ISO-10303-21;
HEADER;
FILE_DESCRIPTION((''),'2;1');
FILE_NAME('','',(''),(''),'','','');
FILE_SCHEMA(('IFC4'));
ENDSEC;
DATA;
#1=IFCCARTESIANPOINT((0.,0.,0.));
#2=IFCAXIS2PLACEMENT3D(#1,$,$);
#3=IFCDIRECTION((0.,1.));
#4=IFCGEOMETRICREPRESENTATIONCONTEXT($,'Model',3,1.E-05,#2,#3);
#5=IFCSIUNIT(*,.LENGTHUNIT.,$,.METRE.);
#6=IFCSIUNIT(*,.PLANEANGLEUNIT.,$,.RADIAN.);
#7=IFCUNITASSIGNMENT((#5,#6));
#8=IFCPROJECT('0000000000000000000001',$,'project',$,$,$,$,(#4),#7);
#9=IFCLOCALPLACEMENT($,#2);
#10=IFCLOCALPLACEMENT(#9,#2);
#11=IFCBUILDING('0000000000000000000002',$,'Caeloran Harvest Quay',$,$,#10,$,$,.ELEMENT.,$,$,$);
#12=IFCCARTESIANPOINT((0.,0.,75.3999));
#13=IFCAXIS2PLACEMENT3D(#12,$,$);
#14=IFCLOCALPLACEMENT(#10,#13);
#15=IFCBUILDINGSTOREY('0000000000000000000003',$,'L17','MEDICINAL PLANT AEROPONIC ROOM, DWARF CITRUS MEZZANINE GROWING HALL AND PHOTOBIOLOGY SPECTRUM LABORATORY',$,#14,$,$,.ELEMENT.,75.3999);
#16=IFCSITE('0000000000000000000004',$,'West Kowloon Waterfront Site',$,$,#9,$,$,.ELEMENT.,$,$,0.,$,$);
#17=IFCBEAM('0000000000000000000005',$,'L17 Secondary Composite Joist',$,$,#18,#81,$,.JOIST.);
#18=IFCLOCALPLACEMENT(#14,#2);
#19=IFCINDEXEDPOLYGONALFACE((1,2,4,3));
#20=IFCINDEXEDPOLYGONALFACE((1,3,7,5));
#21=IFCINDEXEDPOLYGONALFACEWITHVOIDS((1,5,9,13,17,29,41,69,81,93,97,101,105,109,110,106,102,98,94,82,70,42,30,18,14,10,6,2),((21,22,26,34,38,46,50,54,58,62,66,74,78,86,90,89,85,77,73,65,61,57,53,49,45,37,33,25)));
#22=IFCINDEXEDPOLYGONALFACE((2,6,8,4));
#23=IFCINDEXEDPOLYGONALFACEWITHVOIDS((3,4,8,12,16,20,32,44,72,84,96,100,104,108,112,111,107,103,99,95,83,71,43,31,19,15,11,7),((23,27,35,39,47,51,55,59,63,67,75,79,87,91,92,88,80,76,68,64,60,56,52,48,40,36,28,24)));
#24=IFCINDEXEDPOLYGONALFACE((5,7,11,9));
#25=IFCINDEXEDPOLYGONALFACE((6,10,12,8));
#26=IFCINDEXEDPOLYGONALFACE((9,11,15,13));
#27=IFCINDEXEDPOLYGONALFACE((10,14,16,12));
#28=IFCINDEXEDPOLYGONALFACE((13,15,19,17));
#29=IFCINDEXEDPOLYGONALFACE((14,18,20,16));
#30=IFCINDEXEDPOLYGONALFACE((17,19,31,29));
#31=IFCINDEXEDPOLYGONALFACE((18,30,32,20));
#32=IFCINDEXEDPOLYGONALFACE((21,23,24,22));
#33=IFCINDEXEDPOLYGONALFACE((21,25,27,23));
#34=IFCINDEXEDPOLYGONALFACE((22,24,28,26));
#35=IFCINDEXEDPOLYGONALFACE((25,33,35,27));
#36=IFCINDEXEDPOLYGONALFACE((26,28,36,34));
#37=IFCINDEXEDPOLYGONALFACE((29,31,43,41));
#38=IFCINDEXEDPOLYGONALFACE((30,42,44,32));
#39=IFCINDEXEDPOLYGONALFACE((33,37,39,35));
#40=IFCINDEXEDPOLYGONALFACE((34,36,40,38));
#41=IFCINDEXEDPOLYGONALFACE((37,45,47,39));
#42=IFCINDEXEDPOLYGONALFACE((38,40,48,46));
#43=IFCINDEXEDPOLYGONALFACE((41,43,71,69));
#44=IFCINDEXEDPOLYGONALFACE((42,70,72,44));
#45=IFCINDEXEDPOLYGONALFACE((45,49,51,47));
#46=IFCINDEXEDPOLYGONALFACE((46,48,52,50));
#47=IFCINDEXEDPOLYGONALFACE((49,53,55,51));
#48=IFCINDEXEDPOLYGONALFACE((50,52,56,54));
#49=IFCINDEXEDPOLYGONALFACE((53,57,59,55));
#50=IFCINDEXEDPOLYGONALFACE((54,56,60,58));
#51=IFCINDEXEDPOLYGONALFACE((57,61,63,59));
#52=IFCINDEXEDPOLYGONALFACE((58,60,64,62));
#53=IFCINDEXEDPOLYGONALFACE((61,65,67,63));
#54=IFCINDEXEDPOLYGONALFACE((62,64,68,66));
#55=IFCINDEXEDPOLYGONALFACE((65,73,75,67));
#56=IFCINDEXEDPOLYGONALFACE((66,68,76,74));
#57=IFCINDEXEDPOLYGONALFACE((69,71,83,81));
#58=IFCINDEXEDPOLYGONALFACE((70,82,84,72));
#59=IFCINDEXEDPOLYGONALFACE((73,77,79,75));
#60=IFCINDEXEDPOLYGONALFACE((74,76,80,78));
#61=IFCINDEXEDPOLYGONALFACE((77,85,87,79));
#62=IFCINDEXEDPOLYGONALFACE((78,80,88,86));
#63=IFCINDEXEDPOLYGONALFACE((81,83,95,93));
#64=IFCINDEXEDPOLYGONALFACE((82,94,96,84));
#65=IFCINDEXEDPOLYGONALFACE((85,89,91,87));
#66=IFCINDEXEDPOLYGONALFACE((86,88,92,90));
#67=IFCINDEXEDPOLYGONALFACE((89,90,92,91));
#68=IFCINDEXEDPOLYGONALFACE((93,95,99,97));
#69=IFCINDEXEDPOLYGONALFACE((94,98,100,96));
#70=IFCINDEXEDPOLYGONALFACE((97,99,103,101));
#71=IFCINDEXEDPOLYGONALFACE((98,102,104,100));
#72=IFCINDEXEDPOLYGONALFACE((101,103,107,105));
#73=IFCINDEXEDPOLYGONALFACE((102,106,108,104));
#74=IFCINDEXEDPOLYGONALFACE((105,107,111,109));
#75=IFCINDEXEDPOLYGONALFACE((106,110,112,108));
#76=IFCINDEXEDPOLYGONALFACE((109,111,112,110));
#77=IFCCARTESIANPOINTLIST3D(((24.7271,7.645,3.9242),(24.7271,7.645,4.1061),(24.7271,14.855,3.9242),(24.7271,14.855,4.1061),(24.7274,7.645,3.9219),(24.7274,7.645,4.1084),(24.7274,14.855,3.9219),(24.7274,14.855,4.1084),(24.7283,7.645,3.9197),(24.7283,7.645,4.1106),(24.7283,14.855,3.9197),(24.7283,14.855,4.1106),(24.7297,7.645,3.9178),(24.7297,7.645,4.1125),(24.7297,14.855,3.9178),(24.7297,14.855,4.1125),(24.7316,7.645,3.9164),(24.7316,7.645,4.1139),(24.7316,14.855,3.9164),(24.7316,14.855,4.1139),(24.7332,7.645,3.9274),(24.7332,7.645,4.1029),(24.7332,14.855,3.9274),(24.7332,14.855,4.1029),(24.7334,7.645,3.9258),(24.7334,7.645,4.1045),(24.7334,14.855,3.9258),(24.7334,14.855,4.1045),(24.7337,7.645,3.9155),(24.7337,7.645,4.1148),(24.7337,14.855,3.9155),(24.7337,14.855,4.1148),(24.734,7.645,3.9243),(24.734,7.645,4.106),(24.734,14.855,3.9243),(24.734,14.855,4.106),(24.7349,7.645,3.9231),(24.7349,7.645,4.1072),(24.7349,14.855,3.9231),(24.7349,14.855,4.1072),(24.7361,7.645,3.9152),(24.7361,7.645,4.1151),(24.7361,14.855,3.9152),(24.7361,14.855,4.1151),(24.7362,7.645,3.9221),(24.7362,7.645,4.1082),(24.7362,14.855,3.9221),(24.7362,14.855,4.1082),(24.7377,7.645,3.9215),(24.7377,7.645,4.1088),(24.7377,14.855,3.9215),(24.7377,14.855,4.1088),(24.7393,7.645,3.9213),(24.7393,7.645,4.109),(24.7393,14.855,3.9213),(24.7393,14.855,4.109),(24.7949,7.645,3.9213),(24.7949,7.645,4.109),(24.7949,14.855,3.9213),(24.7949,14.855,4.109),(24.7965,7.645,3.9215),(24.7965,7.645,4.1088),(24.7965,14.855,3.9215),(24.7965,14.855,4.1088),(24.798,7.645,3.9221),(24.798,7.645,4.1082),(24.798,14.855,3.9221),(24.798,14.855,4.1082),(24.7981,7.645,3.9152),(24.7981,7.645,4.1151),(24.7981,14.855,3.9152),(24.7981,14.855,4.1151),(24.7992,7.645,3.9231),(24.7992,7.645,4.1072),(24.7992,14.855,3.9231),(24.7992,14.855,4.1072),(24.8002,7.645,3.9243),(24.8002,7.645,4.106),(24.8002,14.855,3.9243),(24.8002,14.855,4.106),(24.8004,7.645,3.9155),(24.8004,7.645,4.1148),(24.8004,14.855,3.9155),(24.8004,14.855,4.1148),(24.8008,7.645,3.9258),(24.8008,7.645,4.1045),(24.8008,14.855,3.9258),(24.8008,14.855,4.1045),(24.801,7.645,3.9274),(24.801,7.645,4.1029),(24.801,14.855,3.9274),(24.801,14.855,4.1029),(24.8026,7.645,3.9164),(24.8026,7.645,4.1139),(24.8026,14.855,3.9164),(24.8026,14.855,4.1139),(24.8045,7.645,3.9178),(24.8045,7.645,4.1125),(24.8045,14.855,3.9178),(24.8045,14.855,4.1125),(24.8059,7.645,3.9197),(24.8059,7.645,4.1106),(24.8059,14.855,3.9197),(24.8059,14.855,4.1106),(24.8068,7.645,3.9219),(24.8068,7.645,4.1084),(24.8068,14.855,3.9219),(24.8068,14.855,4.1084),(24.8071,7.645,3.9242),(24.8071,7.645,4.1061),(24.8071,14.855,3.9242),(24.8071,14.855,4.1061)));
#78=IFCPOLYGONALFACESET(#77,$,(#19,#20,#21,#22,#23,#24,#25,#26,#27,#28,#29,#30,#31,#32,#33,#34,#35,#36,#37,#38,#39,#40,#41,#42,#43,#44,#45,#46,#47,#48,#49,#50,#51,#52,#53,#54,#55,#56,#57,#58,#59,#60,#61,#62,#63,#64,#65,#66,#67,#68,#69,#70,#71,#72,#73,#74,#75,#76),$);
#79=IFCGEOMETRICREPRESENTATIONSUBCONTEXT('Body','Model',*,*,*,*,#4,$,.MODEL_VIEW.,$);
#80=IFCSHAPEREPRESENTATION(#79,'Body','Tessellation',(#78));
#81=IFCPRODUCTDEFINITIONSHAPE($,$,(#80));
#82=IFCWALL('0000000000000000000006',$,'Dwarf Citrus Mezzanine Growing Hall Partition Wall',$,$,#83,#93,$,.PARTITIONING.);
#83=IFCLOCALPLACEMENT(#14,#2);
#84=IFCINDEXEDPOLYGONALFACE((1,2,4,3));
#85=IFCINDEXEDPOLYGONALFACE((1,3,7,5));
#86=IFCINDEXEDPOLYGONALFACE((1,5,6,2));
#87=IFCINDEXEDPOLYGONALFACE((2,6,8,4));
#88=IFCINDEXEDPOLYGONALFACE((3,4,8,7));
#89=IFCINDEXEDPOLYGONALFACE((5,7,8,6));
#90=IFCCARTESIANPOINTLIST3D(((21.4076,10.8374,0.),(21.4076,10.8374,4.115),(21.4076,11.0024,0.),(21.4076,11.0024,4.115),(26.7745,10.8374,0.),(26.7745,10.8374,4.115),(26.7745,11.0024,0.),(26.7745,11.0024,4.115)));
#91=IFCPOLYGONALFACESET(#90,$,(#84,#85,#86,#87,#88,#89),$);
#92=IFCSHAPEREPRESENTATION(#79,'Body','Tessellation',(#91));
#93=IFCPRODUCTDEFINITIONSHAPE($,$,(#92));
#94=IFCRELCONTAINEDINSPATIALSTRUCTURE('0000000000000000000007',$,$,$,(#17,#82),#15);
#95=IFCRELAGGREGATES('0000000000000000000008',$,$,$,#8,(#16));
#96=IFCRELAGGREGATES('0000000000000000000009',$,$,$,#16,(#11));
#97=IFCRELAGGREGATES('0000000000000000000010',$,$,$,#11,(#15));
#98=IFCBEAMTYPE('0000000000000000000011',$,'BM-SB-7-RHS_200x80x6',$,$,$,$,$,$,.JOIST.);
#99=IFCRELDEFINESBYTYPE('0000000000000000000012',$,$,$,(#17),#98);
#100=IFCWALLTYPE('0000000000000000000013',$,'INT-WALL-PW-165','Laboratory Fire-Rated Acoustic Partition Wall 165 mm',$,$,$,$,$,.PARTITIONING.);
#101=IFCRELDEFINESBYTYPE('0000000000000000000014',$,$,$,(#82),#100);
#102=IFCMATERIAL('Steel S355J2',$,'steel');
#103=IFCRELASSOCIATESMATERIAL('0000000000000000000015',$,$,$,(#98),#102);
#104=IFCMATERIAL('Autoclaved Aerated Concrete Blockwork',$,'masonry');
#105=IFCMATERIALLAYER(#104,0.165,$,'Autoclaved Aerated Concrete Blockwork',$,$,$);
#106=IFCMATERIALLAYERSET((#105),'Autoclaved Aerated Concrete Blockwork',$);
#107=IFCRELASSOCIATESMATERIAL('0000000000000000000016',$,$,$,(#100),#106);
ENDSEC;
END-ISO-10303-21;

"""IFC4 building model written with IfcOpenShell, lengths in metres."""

from ifc_helpers import new_model, si_unit, direction, frame, frame_2d, origin, origin_2d, place, context, subcontext, project, spatial, rectangle, hollow_rectangle, extrude, material, layer, layer_set, material_profile, profile_set, type_object, element, save


model = new_model("IFC4")

# Units and contexts
model_context = context("Model", 3, precision=1e-05, world=origin(), true_north=direction((0.0, 1.0)))
body_context = subcontext(model_context, "Body", "Model", "MODEL_VIEW")
ifc_project = project(units=[si_unit("LENGTHUNIT", "METRE"), si_unit("PLANEANGLEUNIT", "RADIAN")], contexts=[model_context])

# Site, building, storey
site_placement = place(None, origin())
site = spatial("IfcSite", under=ifc_project, at=site_placement, Name="West Kowloon Waterfront Site", CompositionType="ELEMENT", RefElevation=0.0)
building_placement = place(site_placement, origin())
building = spatial("IfcBuilding", under=site, at=building_placement, Name="Caeloran Harvest Quay", CompositionType="ELEMENT")
storey_placement = place(building_placement, frame((0.0, 0.0, 75.3999)))
storey = spatial("IfcBuildingStorey", under=building, at=storey_placement, Name="L17", Description="MEDICINAL PLANT AEROPONIC ROOM, DWARF CITRUS MEZZANINE GROWING HALL AND PHOTOBIOLOGY SPECTRUM LABORATORY", CompositionType="ELEMENT", Elevation=75.3999)

# Beam
ifc_material_1 = material(Name="Steel S355J2", Category="steel")
ifc_material_profile_1 = material_profile(ifc_material_1, hollow_rectangle(XDim=0.0801, YDim=0.2, WallThickness=0.0061, InnerFilletRadius=0.0061, OuterFilletRadius=0.009, at=origin_2d()), Name="RHS 200x80x6")
ifc_profile_set_1 = profile_set([ifc_material_profile_1], Name="Steel S355J2")
beam_type_1 = type_object("IfcBeamType", Name="BM-SB-7-RHS_200x80x6", PredefinedType="JOIST", material=ifc_profile_set_1)
for number, where, z_axis, x_axis, name in (
    (1, (24.7671, 7.645, 4.0151), (0.0, 1.0, 0.0), (-1.0, 0.0, 0.0), "L17 Secondary Composite Joist"),
):
    element("IfcBeam", number, at=place(storey_placement, frame(where, z_axis=z_axis, x_axis=x_axis)), inside=storey, type_object=beam_type_1, Name=name, PredefinedType="JOIST", context=body_context, shape_type="SweptSolid", body=[
        extrude(hollow_rectangle(XDim=0.0801, YDim=0.2, WallThickness=0.0061, InnerFilletRadius=0.0061, OuterFilletRadius=0.009, at=origin_2d()), origin(), (0.0, 0.0, 1.0), 7.21),
    ])

# Wall
ifc_material_2 = material(Name="Autoclaved Aerated Concrete Blockwork", Category="masonry")
ifc_layer = layer(ifc_material_2, 0.165, Name="Autoclaved Aerated Concrete Blockwork")
ifc_layer_set = layer_set([ifc_layer], Name="Autoclaved Aerated Concrete Blockwork")
wall_type = type_object("IfcWallType", Name="INT-WALL-PW-165", Description="Laboratory Fire-Rated Acoustic Partition Wall 165 mm", PredefinedType="PARTITIONING", material=ifc_layer_set)
wall_placement = place(storey_placement, frame((21.4075, 10.9199, 0.0), z_axis=(0.0, 0.0, 1.0), x_axis=(1.0, 0.0, 0.0)))
element("IfcWall", 2, at=wall_placement, inside=storey, type_object=wall_type, Name="Dwarf Citrus Mezzanine Growing Hall Partition Wall", PredefinedType="PARTITIONING", context=body_context, shape_type="SweptSolid", body=[
    extrude(rectangle(XDim=5.3669, YDim=0.165, at=frame_2d((2.6836, 0.0))), origin(), (0.0, 0.0, 1.0), 4.115),
])

save(model, "model.ifc")
